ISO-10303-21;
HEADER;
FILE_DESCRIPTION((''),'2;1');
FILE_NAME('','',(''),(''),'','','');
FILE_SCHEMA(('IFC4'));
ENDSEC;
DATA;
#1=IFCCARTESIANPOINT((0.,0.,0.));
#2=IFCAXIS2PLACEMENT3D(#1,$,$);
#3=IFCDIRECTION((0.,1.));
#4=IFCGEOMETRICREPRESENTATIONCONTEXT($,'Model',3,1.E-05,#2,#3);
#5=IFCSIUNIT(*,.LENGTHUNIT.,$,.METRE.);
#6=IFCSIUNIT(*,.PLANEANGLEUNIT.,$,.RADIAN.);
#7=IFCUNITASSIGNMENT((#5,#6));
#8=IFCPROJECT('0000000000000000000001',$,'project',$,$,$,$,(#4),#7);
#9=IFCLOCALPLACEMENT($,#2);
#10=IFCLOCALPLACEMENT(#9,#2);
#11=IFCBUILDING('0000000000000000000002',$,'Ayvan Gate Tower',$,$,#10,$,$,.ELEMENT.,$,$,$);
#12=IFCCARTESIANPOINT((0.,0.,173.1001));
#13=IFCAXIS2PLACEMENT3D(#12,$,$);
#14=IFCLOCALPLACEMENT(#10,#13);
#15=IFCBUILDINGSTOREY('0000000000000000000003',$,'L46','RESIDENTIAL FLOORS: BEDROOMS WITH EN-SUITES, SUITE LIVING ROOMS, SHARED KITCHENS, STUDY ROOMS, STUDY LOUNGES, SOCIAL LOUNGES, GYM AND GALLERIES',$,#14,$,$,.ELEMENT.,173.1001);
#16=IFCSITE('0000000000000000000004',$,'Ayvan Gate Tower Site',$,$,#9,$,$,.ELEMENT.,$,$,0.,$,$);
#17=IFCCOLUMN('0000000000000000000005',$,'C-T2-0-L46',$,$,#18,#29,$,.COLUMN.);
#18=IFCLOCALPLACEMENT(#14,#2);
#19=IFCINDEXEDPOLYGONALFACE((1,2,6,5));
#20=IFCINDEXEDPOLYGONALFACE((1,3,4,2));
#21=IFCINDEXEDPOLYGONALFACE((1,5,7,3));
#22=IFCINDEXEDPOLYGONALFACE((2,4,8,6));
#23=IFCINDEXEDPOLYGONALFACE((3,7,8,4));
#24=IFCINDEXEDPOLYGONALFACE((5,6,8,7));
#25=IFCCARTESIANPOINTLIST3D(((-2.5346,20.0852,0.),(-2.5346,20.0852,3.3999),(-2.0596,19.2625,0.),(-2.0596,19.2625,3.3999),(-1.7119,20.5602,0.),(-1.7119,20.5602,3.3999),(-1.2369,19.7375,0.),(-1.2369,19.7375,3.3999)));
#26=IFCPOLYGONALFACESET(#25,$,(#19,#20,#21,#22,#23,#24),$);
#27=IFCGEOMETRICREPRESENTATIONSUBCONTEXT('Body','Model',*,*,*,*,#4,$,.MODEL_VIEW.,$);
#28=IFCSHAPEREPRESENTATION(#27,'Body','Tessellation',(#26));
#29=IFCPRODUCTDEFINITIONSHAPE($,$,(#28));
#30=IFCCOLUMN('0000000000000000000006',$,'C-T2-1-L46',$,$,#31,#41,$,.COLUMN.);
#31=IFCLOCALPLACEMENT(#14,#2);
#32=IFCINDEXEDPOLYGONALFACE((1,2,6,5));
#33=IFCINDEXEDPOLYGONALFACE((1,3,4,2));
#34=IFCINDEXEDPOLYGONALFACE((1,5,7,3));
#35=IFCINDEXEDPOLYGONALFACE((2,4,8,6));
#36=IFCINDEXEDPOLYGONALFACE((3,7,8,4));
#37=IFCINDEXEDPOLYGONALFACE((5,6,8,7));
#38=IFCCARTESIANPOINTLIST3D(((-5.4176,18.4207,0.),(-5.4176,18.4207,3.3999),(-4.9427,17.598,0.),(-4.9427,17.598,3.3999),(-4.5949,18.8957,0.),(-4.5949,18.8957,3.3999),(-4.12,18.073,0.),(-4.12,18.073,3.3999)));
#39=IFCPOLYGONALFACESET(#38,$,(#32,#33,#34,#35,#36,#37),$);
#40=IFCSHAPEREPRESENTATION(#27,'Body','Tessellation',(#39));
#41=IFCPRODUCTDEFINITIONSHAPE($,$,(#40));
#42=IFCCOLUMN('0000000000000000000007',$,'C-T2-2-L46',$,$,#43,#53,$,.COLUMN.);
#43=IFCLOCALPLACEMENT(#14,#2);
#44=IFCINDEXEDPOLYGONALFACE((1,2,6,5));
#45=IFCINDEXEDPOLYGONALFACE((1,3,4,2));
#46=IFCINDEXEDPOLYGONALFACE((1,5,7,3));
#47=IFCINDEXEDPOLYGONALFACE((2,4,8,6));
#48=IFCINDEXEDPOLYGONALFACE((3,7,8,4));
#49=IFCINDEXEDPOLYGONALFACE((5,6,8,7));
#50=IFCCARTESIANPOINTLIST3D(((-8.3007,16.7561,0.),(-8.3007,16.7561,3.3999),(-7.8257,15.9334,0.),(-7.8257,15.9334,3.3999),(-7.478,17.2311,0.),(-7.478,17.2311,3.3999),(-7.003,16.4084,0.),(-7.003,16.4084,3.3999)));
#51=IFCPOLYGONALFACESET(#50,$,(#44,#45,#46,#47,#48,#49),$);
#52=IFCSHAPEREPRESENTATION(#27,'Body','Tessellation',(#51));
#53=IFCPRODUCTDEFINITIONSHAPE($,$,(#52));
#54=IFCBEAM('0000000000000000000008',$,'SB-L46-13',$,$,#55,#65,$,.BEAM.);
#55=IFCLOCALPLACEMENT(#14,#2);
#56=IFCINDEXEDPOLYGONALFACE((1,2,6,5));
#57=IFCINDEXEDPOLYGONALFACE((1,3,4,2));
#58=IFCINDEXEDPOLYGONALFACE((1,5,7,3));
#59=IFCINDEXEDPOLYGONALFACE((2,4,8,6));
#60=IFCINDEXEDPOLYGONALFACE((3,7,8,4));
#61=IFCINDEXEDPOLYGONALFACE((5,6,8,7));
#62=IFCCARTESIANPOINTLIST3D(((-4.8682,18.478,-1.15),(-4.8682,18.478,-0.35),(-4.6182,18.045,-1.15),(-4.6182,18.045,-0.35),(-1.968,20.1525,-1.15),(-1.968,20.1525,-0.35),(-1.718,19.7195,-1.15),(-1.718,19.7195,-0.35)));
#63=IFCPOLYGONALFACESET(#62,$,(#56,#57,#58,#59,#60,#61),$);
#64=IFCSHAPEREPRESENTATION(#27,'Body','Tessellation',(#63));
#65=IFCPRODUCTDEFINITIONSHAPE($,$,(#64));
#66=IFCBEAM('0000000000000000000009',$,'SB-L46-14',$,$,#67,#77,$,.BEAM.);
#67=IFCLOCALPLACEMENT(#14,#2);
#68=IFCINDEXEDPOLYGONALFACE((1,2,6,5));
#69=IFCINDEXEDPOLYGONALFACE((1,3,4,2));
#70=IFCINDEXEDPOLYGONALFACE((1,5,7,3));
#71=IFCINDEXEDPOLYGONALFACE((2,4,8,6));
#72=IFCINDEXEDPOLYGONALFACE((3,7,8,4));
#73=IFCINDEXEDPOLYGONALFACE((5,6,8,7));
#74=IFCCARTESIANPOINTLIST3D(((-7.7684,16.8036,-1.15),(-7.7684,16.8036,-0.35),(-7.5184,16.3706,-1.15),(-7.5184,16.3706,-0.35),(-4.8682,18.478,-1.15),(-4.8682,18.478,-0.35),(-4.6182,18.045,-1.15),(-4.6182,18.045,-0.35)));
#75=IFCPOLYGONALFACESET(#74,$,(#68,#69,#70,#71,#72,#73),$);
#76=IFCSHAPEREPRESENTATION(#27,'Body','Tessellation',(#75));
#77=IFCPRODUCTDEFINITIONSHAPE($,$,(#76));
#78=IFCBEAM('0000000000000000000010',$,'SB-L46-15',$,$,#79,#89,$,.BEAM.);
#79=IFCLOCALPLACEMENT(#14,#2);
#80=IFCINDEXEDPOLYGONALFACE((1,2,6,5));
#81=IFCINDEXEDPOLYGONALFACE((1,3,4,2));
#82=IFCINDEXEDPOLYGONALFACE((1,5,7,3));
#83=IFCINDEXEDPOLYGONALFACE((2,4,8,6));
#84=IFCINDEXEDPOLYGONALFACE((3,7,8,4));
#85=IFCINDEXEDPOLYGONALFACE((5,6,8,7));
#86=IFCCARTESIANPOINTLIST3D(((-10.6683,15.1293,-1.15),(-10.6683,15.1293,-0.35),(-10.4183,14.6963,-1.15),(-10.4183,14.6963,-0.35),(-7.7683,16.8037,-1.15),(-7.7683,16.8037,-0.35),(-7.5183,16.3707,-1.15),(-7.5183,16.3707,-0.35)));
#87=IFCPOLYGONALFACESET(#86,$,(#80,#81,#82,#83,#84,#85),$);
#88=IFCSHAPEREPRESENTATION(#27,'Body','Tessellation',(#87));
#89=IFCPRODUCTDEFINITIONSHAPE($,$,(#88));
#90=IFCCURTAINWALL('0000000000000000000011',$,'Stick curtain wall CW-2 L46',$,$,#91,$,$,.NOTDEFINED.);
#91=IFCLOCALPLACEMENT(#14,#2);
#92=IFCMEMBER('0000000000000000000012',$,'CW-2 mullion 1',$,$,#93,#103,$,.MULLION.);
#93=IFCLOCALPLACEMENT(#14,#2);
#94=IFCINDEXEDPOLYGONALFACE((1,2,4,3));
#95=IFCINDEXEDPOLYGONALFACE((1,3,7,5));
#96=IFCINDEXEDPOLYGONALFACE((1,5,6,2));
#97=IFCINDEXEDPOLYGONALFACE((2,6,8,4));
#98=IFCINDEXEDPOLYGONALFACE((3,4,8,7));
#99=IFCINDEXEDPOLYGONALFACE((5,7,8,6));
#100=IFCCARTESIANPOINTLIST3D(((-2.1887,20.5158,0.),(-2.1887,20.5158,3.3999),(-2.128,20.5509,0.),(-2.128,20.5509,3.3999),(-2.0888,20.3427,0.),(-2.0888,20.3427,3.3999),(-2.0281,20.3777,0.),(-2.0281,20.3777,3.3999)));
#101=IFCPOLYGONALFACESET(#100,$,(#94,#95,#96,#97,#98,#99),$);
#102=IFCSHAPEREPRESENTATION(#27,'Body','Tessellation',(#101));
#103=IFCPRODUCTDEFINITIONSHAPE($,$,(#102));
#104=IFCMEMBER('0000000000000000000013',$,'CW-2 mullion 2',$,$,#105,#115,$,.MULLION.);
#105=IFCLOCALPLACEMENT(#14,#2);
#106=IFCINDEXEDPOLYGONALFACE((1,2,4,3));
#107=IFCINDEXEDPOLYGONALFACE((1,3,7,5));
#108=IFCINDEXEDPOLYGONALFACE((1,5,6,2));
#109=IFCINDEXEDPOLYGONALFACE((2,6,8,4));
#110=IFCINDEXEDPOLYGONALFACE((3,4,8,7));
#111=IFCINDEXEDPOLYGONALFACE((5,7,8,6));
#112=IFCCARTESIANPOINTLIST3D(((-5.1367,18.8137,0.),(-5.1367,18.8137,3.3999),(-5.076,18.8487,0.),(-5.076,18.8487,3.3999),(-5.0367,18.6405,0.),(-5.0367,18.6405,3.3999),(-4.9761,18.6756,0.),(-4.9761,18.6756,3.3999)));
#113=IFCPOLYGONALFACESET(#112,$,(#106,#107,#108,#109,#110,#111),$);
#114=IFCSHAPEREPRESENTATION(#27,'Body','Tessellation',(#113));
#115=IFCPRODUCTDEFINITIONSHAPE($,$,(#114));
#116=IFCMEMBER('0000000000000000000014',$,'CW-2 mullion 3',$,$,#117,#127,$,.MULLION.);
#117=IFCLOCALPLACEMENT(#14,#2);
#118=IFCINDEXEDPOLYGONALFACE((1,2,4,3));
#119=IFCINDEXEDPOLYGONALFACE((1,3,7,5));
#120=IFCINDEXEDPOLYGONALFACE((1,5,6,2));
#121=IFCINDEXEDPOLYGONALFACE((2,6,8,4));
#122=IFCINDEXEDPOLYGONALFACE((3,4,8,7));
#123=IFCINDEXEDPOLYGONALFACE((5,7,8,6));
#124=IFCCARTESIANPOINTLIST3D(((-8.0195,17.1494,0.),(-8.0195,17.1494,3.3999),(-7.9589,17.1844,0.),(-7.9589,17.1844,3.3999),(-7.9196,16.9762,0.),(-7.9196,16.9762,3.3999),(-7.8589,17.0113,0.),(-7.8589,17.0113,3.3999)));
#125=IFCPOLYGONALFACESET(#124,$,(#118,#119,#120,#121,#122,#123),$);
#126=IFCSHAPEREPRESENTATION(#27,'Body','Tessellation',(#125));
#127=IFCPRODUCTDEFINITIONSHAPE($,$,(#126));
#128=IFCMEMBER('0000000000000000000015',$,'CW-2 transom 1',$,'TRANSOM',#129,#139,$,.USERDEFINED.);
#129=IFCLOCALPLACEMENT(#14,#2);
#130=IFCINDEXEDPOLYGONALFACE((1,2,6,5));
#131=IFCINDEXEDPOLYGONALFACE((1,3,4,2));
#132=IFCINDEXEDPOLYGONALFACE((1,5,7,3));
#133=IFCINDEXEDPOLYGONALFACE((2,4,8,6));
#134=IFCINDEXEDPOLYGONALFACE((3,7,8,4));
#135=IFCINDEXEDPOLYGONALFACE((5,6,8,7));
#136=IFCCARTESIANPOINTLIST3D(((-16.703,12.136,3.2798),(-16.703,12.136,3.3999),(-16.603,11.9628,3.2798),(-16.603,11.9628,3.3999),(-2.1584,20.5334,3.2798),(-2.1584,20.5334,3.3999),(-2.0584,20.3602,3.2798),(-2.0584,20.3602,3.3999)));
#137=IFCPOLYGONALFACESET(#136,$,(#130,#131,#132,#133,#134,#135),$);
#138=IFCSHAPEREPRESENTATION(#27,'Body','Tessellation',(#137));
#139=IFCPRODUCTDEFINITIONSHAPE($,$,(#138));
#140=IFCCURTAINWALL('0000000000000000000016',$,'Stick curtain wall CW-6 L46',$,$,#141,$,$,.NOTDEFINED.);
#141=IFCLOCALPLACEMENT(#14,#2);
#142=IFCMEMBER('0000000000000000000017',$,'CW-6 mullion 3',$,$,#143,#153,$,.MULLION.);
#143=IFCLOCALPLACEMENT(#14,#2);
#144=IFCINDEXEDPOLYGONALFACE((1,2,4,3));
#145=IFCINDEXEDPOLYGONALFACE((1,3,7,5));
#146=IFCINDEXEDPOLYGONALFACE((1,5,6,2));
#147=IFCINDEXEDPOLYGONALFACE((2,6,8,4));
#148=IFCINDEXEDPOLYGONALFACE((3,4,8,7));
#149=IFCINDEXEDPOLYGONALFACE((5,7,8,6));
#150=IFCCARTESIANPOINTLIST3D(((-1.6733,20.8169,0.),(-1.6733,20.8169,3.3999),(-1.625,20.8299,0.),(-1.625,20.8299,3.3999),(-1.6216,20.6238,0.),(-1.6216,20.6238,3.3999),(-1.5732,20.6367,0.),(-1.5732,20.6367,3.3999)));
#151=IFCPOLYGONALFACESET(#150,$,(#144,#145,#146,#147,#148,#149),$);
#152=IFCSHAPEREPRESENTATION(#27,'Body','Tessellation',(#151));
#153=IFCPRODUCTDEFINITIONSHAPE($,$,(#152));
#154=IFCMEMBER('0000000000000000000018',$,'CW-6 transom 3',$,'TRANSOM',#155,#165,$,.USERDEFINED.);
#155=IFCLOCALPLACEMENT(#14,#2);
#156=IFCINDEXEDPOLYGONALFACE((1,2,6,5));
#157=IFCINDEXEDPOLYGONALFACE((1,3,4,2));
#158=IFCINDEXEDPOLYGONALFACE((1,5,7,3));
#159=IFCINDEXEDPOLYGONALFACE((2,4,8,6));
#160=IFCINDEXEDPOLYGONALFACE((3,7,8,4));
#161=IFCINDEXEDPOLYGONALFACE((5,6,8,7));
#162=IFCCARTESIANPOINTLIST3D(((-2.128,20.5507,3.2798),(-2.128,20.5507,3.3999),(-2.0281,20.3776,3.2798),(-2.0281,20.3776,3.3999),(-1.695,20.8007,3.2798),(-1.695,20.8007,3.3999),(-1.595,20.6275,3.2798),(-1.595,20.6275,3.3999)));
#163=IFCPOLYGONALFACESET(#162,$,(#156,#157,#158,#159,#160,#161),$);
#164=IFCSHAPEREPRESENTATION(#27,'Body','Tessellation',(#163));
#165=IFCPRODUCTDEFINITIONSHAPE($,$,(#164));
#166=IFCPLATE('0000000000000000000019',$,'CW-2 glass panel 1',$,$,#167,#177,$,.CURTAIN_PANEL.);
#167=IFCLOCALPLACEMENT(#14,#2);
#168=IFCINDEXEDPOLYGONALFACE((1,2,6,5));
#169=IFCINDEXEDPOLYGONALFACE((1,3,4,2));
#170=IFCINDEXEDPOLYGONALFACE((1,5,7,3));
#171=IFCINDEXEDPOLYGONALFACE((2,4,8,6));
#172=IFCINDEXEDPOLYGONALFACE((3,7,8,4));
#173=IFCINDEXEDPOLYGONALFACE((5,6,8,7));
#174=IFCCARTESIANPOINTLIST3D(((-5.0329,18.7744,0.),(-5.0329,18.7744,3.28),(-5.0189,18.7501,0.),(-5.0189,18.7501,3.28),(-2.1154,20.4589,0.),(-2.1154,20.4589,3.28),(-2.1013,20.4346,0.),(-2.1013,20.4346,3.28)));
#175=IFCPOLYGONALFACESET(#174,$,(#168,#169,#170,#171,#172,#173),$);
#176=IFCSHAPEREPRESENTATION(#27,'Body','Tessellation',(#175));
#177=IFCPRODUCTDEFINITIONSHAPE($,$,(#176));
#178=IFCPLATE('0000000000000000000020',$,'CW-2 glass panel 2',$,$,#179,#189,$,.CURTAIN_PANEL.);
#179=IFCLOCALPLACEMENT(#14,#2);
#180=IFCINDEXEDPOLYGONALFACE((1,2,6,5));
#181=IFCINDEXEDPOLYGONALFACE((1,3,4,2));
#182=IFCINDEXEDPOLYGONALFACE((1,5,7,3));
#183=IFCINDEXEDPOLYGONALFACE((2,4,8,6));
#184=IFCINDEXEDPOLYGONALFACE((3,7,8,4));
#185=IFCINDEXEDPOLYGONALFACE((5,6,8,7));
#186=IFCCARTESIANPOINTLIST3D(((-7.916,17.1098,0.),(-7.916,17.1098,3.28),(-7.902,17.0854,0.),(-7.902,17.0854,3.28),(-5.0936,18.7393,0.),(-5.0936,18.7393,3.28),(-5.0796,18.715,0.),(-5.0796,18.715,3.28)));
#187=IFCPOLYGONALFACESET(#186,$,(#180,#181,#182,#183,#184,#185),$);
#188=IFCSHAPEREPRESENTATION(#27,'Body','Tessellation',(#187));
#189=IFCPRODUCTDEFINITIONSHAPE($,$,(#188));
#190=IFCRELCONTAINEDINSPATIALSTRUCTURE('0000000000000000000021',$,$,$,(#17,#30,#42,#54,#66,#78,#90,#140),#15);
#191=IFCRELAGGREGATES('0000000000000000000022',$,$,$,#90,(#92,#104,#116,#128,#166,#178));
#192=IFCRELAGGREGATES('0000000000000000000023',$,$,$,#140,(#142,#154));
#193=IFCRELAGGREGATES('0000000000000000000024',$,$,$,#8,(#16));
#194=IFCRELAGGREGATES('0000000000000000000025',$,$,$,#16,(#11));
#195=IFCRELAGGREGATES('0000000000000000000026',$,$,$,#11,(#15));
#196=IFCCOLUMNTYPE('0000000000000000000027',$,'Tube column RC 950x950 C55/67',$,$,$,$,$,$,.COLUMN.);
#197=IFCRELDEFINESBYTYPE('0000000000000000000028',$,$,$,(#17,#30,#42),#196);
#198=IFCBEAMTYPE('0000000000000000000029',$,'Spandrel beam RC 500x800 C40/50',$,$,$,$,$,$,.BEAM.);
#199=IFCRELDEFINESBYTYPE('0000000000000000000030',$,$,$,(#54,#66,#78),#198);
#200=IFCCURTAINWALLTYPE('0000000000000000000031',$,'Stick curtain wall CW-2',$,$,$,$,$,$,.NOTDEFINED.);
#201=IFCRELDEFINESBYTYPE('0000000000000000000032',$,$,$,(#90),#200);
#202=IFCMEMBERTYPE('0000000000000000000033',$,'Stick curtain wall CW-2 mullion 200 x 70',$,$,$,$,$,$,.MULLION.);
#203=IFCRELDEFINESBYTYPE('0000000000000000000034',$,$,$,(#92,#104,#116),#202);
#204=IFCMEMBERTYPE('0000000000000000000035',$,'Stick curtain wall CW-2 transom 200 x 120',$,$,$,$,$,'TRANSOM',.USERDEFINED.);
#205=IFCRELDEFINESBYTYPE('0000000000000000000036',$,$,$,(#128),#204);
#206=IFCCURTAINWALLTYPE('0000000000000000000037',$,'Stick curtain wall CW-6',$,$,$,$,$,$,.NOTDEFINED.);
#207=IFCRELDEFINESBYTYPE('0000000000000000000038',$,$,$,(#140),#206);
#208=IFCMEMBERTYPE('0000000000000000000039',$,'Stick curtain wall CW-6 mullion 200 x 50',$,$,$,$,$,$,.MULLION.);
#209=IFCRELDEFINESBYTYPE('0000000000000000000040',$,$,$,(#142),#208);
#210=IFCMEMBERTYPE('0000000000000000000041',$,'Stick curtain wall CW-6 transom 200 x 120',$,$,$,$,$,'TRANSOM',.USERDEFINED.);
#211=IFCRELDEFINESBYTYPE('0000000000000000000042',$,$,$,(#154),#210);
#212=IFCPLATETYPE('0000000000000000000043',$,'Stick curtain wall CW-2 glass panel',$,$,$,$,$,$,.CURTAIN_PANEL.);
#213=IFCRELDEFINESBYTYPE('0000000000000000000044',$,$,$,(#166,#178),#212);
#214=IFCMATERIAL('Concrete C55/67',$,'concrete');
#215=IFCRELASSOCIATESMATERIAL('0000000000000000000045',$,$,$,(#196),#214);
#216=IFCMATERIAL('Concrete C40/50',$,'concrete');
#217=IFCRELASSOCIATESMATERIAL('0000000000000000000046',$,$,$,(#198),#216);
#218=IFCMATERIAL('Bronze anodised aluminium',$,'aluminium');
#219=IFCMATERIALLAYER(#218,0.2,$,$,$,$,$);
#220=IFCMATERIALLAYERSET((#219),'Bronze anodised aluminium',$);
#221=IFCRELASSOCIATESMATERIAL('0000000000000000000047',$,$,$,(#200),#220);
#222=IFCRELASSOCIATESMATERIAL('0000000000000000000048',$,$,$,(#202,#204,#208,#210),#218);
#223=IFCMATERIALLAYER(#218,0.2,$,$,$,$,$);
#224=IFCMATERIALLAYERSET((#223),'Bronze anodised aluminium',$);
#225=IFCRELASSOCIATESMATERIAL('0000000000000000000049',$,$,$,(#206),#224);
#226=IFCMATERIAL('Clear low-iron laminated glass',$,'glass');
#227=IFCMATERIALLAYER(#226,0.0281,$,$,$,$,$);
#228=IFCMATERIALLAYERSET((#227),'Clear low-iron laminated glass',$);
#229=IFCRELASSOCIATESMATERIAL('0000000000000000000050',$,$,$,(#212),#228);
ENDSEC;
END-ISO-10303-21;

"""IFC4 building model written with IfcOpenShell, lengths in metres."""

from ifc_helpers import new_model, si_unit, direction, frame, origin, origin_2d, place, context, subcontext, project, spatial, rectangle, extrude, material, layer, layer_set, material_profile, profile_set, type_object, element, aggregate, save


model = new_model("IFC4")

# Units and contexts
model_context = context("Model", 3, precision=1e-05, world=origin(), true_north=direction((0.0, 1.0)))
body_context = subcontext(model_context, "Body", "Model", "MODEL_VIEW")
ifc_project = project(units=[si_unit("LENGTHUNIT", "METRE"), si_unit("PLANEANGLEUNIT", "RADIAN")], contexts=[model_context])

# Site, building, storey
site_placement = place(None, origin())
site = spatial("IfcSite", under=ifc_project, at=site_placement, Name="Ayvan Gate Tower Site", CompositionType="ELEMENT", RefElevation=0.0)
building_placement = place(site_placement, origin())
building = spatial("IfcBuilding", under=site, at=building_placement, Name="Ayvan Gate Tower", CompositionType="ELEMENT")
storey_placement = place(building_placement, frame((0.0, 0.0, 173.1001)))
storey = spatial("IfcBuildingStorey", under=building, at=storey_placement, Name="L46", Description="RESIDENTIAL FLOORS: BEDROOMS WITH EN-SUITES, SUITE LIVING ROOMS, SHARED KITCHENS, STUDY ROOMS, STUDY LOUNGES, SOCIAL LOUNGES, GYM AND GALLERIES", CompositionType="ELEMENT", Elevation=173.1001)

# Columns
ifc_material_1 = material(Name="Concrete C55/67", Category="concrete")
ifc_material_profile_1 = material_profile(ifc_material_1, rectangle(XDim=0.95, YDim=0.95, at=origin_2d()), Name="RC 950x950")
ifc_profile_set_1 = profile_set([ifc_material_profile_1], Name="Concrete C55/67")
column_type = type_object("IfcColumnType", Name="Tube column RC 950x950 C55/67", PredefinedType="COLUMN", material=ifc_profile_set_1)
for number, where, z_axis, x_axis, name in (
    (1, (-1.8857, 19.9114, 0.0), (0.0, 0.0, 1.0), (-0.5, 0.866025, 0.0), "C-T2-0-L46"),
    (2, (-4.7688, 18.2468, 0.0), (0.0, 0.0, 1.0), (-0.5, 0.866025, 0.0), "C-T2-1-L46"),
    (3, (-7.6519, 16.5823, 0.0), (0.0, 0.0, 1.0), (-0.5, 0.866025, 0.0), "C-T2-2-L46"),
):
    element("IfcColumn", number, at=place(storey_placement, frame(where, z_axis=z_axis, x_axis=x_axis)), inside=storey, type_object=column_type, Name=name, PredefinedType="COLUMN", context=body_context, shape_type="SweptSolid", body=[
        extrude(rectangle(XDim=0.95, YDim=0.95, at=origin_2d()), origin(), (0.0, 0.0, 1.0), 3.3999),
    ])

# Beams
ifc_material_2 = material(Name="Concrete C40/50", Category="concrete")
ifc_material_profile_2 = material_profile(ifc_material_2, rectangle(XDim=0.5, YDim=0.8, at=origin_2d()), Name="RC 500x800")
ifc_profile_set_2 = profile_set([ifc_material_profile_2], Name="Concrete C40/50")
beam_type = type_object("IfcBeamType", Name="Spandrel beam RC 500x800 C40/50", PredefinedType="BEAM", material=ifc_profile_set_2)
for number, where, z_axis, x_axis, name in (
    (4, (-1.843, 19.936, -0.75), (-0.866005, -0.500036, 0.0), (0.500036, -0.866005, 0.0), "SB-L46-13"),
    (5, (-4.7432, 18.2615, -0.75), (-0.866036, -0.499981, 0.0), (0.499981, -0.866036, 0.0), "SB-L46-14"),
):
    element("IfcBeam", number, at=place(storey_placement, frame(where, z_axis=z_axis, x_axis=x_axis)), inside=storey, type_object=beam_type, Name=name, PredefinedType="BEAM", context=body_context, shape_type="SweptSolid", body=[
        extrude(rectangle(XDim=0.5, YDim=0.8, at=origin_2d()), origin(), (0.0, 0.0, 1.0), 3.3489),
    ])
beam_placement = place(storey_placement, frame((-7.6433, 16.5872, -0.75), z_axis=(-0.866018, -0.500013, 0.0), x_axis=(0.500013, -0.866018, 0.0)))
element("IfcBeam", 6, at=beam_placement, inside=storey, type_object=beam_type, Name="SB-L46-15", PredefinedType="BEAM", context=body_context, shape_type="SweptSolid", body=[
    extrude(rectangle(XDim=0.5, YDim=0.8, at=origin_2d()), origin(), (0.0, 0.0, 1.0), 3.3486),
])

# Curtain walls, members
ifc_material_3 = material(Name="Bronze anodised aluminium", Category="aluminium")
ifc_layer_1 = layer(ifc_material_3, 0.2)
ifc_layer_set_1 = layer_set([ifc_layer_1], Name="Bronze anodised aluminium")
curtain_wall_type_1 = type_object("IfcCurtainWallType", Name="Stick curtain wall CW-2", PredefinedType="NOTDEFINED", material=ifc_layer_set_1)
curtain_wall_1_placement = place(storey_placement, origin())
curtain_wall_1 = element("IfcCurtainWall", 7, at=curtain_wall_1_placement, inside=storey, type_object=curtain_wall_type_1, Name="Stick curtain wall CW-2 L46", PredefinedType="NOTDEFINED")
ifc_material_profile_3 = material_profile(ifc_material_3, rectangle(XDim=0.2, YDim=0.0701, at=origin_2d()), Name="Stick curtain wall CW-2 mullion 200 x 70")
ifc_profile_set_3 = profile_set([ifc_material_profile_3], Name="Bronze anodised aluminium")
member_type_1 = type_object("IfcMemberType", Name="Stick curtain wall CW-2 mullion 200 x 70", PredefinedType="MULLION", material=ifc_profile_set_3)
member_1_placement = place(storey_placement, frame((-2.1084, 20.4468, 0.0), z_axis=(0.0, 0.0, 1.0), x_axis=(-0.5, 0.866025, 0.0)))
member_1 = element("IfcMember", 8, at=member_1_placement, type_object=member_type_1, Name="CW-2 mullion 1", PredefinedType="MULLION", context=body_context, shape_type="SweptSolid", body=[
    extrude(rectangle(XDim=0.2, YDim=0.0701, at=origin_2d()), origin(), (0.0, 0.0, 1.0), 3.3999),
])
member_2_placement = place(storey_placement, frame((-5.0564, 18.7446, 0.0), z_axis=(0.0, 0.0, 1.0), x_axis=(-0.5, 0.866025, 0.0)))
member_2 = element("IfcMember", 9, at=member_2_placement, type_object=member_type_1, Name="CW-2 mullion 2", PredefinedType="MULLION", context=body_context, shape_type="SweptSolid", body=[
    extrude(rectangle(XDim=0.2, YDim=0.0701, at=origin_2d()), origin(), (0.0, 0.0, 1.0), 3.3999),
])
member_3_placement = place(storey_placement, frame((-7.9392, 17.0803, 0.0), z_axis=(0.0, 0.0, 1.0), x_axis=(-0.5, 0.866025, 0.0)))
member_3 = element("IfcMember", 10, at=member_3_placement, type_object=member_type_1, Name="CW-2 mullion 3", PredefinedType="MULLION", context=body_context, shape_type="SweptSolid", body=[
    extrude(rectangle(XDim=0.2, YDim=0.0701, at=origin_2d()), origin(), (0.0, 0.0, 1.0), 3.3999),
])
ifc_material_profile_4 = material_profile(ifc_material_3, rectangle(XDim=0.2, YDim=0.1201, at=origin_2d()), Name="Stick curtain wall CW-2 transom 200 x 120")
ifc_profile_set_4 = profile_set([ifc_material_profile_4], Name="Bronze anodised aluminium")
member_type_2 = type_object("IfcMemberType", Name="Stick curtain wall CW-2 transom 200 x 120", ElementType="TRANSOM", PredefinedType="USERDEFINED", material=ifc_profile_set_4)
member_4_placement = place(storey_placement, frame((-2.1084, 20.4468, 3.3398), z_axis=(-0.866023, -0.500004, 0.0), x_axis=(0.500004, -0.866023, 0.0)))
member_4 = element("IfcMember", 11, at=member_4_placement, type_object=member_type_2, Name="CW-2 transom 1", ObjectType="TRANSOM", PredefinedType="USERDEFINED", context=body_context, shape_type="SweptSolid", body=[
    extrude(rectangle(XDim=0.2, YDim=0.1201, at=origin_2d()), origin(), (0.0, 0.0, 1.0), 16.7947),
])
ifc_layer_2 = layer(ifc_material_3, 0.2)
ifc_layer_set_2 = layer_set([ifc_layer_2], Name="Bronze anodised aluminium")
curtain_wall_type_2 = type_object("IfcCurtainWallType", Name="Stick curtain wall CW-6", PredefinedType="NOTDEFINED", material=ifc_layer_set_2)
curtain_wall_2_placement = place(storey_placement, origin())
curtain_wall_2 = element("IfcCurtainWall", 12, at=curtain_wall_2_placement, inside=storey, type_object=curtain_wall_type_2, Name="Stick curtain wall CW-6 L46", PredefinedType="NOTDEFINED")
ifc_material_profile_5 = material_profile(ifc_material_3, rectangle(XDim=0.2, YDim=0.05, at=origin_2d()), Name="Stick curtain wall CW-6 mullion 200 x 50")
ifc_profile_set_5 = profile_set([ifc_material_profile_5], Name="Bronze anodised aluminium")
member_type_3 = type_object("IfcMemberType", Name="Stick curtain wall CW-6 mullion 200 x 50", PredefinedType="MULLION", material=ifc_profile_set_5)
member_5_placement = place(storey_placement, frame((-1.6233, 20.7268, 0.0), z_axis=(0.0, 0.0, 1.0), x_axis=(-0.258819, 0.965926, 0.0)))
member_5 = element("IfcMember", 13, at=member_5_placement, type_object=member_type_3, Name="CW-6 mullion 3", PredefinedType="MULLION", context=body_context, shape_type="SweptSolid", body=[
    extrude(rectangle(XDim=0.2, YDim=0.05, at=origin_2d()), origin(), (0.0, 0.0, 1.0), 3.3999),
])
ifc_material_profile_6 = material_profile(ifc_material_3, rectangle(XDim=0.2, YDim=0.1201, at=origin_2d()), Name="Stick curtain wall CW-6 transom 200 x 120")
ifc_profile_set_6 = profile_set([ifc_material_profile_6], Name="Bronze anodised aluminium")
member_type_4 = type_object("IfcMemberType", Name="Stick curtain wall CW-6 transom 200 x 120", ElementType="TRANSOM", PredefinedType="USERDEFINED", material=ifc_profile_set_6)
member_6_placement = place(storey_placement, frame((-1.645, 20.7141, 3.3398), z_axis=(-0.866072, -0.49992, 0.0), x_axis=(0.49992, -0.866072, 0.0)))
member_6 = element("IfcMember", 14, at=member_6_placement, type_object=member_type_4, Name="CW-6 transom 3", ObjectType="TRANSOM", PredefinedType="USERDEFINED", context=body_context, shape_type="SweptSolid", body=[
    extrude(rectangle(XDim=0.2, YDim=0.1201, at=origin_2d()), origin(), (0.0, 0.0, 1.0), 0.5),
])

# Plates
ifc_material_4 = material(Name="Clear low-iron laminated glass", Category="glass")
ifc_layer_3 = layer(ifc_material_4, 0.0281)
ifc_layer_set_3 = layer_set([ifc_layer_3], Name="Clear low-iron laminated glass")
plate_type_1 = type_object("IfcPlateType", Name="Stick curtain wall CW-2 glass panel", PredefinedType="CURTAIN_PANEL", material=ifc_layer_set_3)
plate_1_placement = place(storey_placement, frame((-3.5671, 19.6045, 0.0), z_axis=(0.0, 0.0, 1.0), x_axis=(-0.866025, -0.5, 0.0)))
plate_1 = element("IfcPlate", 15, at=plate_1_placement, type_object=plate_type_1, Name="CW-2 glass panel 1", PredefinedType="CURTAIN_PANEL", context=body_context, shape_type="SweptSolid", body=[
    extrude(rectangle(XDim=3.3689, YDim=0.0281, at=origin_2d()), origin(), (0.0, 0.0, 1.0), 3.28),
])
plate_2_placement = place(storey_placement, frame((-6.4978, 17.9124, 0.0), z_axis=(0.0, 0.0, 1.0), x_axis=(-0.866025, -0.5, 0.0)))
plate_2 = element("IfcPlate", 16, at=plate_2_placement, type_object=plate_type_1, Name="CW-2 glass panel 2", PredefinedType="CURTAIN_PANEL", context=body_context, shape_type="SweptSolid", body=[
    extrude(rectangle(XDim=3.259, YDim=0.0281, at=origin_2d()), origin(), (0.0, 0.0, 1.0), 3.28),
])
aggregate(curtain_wall_1, [member_1, member_2, member_3, member_4, plate_1, plate_2])
aggregate(curtain_wall_2, [member_5, member_6])

save(model, "model.ifc")
